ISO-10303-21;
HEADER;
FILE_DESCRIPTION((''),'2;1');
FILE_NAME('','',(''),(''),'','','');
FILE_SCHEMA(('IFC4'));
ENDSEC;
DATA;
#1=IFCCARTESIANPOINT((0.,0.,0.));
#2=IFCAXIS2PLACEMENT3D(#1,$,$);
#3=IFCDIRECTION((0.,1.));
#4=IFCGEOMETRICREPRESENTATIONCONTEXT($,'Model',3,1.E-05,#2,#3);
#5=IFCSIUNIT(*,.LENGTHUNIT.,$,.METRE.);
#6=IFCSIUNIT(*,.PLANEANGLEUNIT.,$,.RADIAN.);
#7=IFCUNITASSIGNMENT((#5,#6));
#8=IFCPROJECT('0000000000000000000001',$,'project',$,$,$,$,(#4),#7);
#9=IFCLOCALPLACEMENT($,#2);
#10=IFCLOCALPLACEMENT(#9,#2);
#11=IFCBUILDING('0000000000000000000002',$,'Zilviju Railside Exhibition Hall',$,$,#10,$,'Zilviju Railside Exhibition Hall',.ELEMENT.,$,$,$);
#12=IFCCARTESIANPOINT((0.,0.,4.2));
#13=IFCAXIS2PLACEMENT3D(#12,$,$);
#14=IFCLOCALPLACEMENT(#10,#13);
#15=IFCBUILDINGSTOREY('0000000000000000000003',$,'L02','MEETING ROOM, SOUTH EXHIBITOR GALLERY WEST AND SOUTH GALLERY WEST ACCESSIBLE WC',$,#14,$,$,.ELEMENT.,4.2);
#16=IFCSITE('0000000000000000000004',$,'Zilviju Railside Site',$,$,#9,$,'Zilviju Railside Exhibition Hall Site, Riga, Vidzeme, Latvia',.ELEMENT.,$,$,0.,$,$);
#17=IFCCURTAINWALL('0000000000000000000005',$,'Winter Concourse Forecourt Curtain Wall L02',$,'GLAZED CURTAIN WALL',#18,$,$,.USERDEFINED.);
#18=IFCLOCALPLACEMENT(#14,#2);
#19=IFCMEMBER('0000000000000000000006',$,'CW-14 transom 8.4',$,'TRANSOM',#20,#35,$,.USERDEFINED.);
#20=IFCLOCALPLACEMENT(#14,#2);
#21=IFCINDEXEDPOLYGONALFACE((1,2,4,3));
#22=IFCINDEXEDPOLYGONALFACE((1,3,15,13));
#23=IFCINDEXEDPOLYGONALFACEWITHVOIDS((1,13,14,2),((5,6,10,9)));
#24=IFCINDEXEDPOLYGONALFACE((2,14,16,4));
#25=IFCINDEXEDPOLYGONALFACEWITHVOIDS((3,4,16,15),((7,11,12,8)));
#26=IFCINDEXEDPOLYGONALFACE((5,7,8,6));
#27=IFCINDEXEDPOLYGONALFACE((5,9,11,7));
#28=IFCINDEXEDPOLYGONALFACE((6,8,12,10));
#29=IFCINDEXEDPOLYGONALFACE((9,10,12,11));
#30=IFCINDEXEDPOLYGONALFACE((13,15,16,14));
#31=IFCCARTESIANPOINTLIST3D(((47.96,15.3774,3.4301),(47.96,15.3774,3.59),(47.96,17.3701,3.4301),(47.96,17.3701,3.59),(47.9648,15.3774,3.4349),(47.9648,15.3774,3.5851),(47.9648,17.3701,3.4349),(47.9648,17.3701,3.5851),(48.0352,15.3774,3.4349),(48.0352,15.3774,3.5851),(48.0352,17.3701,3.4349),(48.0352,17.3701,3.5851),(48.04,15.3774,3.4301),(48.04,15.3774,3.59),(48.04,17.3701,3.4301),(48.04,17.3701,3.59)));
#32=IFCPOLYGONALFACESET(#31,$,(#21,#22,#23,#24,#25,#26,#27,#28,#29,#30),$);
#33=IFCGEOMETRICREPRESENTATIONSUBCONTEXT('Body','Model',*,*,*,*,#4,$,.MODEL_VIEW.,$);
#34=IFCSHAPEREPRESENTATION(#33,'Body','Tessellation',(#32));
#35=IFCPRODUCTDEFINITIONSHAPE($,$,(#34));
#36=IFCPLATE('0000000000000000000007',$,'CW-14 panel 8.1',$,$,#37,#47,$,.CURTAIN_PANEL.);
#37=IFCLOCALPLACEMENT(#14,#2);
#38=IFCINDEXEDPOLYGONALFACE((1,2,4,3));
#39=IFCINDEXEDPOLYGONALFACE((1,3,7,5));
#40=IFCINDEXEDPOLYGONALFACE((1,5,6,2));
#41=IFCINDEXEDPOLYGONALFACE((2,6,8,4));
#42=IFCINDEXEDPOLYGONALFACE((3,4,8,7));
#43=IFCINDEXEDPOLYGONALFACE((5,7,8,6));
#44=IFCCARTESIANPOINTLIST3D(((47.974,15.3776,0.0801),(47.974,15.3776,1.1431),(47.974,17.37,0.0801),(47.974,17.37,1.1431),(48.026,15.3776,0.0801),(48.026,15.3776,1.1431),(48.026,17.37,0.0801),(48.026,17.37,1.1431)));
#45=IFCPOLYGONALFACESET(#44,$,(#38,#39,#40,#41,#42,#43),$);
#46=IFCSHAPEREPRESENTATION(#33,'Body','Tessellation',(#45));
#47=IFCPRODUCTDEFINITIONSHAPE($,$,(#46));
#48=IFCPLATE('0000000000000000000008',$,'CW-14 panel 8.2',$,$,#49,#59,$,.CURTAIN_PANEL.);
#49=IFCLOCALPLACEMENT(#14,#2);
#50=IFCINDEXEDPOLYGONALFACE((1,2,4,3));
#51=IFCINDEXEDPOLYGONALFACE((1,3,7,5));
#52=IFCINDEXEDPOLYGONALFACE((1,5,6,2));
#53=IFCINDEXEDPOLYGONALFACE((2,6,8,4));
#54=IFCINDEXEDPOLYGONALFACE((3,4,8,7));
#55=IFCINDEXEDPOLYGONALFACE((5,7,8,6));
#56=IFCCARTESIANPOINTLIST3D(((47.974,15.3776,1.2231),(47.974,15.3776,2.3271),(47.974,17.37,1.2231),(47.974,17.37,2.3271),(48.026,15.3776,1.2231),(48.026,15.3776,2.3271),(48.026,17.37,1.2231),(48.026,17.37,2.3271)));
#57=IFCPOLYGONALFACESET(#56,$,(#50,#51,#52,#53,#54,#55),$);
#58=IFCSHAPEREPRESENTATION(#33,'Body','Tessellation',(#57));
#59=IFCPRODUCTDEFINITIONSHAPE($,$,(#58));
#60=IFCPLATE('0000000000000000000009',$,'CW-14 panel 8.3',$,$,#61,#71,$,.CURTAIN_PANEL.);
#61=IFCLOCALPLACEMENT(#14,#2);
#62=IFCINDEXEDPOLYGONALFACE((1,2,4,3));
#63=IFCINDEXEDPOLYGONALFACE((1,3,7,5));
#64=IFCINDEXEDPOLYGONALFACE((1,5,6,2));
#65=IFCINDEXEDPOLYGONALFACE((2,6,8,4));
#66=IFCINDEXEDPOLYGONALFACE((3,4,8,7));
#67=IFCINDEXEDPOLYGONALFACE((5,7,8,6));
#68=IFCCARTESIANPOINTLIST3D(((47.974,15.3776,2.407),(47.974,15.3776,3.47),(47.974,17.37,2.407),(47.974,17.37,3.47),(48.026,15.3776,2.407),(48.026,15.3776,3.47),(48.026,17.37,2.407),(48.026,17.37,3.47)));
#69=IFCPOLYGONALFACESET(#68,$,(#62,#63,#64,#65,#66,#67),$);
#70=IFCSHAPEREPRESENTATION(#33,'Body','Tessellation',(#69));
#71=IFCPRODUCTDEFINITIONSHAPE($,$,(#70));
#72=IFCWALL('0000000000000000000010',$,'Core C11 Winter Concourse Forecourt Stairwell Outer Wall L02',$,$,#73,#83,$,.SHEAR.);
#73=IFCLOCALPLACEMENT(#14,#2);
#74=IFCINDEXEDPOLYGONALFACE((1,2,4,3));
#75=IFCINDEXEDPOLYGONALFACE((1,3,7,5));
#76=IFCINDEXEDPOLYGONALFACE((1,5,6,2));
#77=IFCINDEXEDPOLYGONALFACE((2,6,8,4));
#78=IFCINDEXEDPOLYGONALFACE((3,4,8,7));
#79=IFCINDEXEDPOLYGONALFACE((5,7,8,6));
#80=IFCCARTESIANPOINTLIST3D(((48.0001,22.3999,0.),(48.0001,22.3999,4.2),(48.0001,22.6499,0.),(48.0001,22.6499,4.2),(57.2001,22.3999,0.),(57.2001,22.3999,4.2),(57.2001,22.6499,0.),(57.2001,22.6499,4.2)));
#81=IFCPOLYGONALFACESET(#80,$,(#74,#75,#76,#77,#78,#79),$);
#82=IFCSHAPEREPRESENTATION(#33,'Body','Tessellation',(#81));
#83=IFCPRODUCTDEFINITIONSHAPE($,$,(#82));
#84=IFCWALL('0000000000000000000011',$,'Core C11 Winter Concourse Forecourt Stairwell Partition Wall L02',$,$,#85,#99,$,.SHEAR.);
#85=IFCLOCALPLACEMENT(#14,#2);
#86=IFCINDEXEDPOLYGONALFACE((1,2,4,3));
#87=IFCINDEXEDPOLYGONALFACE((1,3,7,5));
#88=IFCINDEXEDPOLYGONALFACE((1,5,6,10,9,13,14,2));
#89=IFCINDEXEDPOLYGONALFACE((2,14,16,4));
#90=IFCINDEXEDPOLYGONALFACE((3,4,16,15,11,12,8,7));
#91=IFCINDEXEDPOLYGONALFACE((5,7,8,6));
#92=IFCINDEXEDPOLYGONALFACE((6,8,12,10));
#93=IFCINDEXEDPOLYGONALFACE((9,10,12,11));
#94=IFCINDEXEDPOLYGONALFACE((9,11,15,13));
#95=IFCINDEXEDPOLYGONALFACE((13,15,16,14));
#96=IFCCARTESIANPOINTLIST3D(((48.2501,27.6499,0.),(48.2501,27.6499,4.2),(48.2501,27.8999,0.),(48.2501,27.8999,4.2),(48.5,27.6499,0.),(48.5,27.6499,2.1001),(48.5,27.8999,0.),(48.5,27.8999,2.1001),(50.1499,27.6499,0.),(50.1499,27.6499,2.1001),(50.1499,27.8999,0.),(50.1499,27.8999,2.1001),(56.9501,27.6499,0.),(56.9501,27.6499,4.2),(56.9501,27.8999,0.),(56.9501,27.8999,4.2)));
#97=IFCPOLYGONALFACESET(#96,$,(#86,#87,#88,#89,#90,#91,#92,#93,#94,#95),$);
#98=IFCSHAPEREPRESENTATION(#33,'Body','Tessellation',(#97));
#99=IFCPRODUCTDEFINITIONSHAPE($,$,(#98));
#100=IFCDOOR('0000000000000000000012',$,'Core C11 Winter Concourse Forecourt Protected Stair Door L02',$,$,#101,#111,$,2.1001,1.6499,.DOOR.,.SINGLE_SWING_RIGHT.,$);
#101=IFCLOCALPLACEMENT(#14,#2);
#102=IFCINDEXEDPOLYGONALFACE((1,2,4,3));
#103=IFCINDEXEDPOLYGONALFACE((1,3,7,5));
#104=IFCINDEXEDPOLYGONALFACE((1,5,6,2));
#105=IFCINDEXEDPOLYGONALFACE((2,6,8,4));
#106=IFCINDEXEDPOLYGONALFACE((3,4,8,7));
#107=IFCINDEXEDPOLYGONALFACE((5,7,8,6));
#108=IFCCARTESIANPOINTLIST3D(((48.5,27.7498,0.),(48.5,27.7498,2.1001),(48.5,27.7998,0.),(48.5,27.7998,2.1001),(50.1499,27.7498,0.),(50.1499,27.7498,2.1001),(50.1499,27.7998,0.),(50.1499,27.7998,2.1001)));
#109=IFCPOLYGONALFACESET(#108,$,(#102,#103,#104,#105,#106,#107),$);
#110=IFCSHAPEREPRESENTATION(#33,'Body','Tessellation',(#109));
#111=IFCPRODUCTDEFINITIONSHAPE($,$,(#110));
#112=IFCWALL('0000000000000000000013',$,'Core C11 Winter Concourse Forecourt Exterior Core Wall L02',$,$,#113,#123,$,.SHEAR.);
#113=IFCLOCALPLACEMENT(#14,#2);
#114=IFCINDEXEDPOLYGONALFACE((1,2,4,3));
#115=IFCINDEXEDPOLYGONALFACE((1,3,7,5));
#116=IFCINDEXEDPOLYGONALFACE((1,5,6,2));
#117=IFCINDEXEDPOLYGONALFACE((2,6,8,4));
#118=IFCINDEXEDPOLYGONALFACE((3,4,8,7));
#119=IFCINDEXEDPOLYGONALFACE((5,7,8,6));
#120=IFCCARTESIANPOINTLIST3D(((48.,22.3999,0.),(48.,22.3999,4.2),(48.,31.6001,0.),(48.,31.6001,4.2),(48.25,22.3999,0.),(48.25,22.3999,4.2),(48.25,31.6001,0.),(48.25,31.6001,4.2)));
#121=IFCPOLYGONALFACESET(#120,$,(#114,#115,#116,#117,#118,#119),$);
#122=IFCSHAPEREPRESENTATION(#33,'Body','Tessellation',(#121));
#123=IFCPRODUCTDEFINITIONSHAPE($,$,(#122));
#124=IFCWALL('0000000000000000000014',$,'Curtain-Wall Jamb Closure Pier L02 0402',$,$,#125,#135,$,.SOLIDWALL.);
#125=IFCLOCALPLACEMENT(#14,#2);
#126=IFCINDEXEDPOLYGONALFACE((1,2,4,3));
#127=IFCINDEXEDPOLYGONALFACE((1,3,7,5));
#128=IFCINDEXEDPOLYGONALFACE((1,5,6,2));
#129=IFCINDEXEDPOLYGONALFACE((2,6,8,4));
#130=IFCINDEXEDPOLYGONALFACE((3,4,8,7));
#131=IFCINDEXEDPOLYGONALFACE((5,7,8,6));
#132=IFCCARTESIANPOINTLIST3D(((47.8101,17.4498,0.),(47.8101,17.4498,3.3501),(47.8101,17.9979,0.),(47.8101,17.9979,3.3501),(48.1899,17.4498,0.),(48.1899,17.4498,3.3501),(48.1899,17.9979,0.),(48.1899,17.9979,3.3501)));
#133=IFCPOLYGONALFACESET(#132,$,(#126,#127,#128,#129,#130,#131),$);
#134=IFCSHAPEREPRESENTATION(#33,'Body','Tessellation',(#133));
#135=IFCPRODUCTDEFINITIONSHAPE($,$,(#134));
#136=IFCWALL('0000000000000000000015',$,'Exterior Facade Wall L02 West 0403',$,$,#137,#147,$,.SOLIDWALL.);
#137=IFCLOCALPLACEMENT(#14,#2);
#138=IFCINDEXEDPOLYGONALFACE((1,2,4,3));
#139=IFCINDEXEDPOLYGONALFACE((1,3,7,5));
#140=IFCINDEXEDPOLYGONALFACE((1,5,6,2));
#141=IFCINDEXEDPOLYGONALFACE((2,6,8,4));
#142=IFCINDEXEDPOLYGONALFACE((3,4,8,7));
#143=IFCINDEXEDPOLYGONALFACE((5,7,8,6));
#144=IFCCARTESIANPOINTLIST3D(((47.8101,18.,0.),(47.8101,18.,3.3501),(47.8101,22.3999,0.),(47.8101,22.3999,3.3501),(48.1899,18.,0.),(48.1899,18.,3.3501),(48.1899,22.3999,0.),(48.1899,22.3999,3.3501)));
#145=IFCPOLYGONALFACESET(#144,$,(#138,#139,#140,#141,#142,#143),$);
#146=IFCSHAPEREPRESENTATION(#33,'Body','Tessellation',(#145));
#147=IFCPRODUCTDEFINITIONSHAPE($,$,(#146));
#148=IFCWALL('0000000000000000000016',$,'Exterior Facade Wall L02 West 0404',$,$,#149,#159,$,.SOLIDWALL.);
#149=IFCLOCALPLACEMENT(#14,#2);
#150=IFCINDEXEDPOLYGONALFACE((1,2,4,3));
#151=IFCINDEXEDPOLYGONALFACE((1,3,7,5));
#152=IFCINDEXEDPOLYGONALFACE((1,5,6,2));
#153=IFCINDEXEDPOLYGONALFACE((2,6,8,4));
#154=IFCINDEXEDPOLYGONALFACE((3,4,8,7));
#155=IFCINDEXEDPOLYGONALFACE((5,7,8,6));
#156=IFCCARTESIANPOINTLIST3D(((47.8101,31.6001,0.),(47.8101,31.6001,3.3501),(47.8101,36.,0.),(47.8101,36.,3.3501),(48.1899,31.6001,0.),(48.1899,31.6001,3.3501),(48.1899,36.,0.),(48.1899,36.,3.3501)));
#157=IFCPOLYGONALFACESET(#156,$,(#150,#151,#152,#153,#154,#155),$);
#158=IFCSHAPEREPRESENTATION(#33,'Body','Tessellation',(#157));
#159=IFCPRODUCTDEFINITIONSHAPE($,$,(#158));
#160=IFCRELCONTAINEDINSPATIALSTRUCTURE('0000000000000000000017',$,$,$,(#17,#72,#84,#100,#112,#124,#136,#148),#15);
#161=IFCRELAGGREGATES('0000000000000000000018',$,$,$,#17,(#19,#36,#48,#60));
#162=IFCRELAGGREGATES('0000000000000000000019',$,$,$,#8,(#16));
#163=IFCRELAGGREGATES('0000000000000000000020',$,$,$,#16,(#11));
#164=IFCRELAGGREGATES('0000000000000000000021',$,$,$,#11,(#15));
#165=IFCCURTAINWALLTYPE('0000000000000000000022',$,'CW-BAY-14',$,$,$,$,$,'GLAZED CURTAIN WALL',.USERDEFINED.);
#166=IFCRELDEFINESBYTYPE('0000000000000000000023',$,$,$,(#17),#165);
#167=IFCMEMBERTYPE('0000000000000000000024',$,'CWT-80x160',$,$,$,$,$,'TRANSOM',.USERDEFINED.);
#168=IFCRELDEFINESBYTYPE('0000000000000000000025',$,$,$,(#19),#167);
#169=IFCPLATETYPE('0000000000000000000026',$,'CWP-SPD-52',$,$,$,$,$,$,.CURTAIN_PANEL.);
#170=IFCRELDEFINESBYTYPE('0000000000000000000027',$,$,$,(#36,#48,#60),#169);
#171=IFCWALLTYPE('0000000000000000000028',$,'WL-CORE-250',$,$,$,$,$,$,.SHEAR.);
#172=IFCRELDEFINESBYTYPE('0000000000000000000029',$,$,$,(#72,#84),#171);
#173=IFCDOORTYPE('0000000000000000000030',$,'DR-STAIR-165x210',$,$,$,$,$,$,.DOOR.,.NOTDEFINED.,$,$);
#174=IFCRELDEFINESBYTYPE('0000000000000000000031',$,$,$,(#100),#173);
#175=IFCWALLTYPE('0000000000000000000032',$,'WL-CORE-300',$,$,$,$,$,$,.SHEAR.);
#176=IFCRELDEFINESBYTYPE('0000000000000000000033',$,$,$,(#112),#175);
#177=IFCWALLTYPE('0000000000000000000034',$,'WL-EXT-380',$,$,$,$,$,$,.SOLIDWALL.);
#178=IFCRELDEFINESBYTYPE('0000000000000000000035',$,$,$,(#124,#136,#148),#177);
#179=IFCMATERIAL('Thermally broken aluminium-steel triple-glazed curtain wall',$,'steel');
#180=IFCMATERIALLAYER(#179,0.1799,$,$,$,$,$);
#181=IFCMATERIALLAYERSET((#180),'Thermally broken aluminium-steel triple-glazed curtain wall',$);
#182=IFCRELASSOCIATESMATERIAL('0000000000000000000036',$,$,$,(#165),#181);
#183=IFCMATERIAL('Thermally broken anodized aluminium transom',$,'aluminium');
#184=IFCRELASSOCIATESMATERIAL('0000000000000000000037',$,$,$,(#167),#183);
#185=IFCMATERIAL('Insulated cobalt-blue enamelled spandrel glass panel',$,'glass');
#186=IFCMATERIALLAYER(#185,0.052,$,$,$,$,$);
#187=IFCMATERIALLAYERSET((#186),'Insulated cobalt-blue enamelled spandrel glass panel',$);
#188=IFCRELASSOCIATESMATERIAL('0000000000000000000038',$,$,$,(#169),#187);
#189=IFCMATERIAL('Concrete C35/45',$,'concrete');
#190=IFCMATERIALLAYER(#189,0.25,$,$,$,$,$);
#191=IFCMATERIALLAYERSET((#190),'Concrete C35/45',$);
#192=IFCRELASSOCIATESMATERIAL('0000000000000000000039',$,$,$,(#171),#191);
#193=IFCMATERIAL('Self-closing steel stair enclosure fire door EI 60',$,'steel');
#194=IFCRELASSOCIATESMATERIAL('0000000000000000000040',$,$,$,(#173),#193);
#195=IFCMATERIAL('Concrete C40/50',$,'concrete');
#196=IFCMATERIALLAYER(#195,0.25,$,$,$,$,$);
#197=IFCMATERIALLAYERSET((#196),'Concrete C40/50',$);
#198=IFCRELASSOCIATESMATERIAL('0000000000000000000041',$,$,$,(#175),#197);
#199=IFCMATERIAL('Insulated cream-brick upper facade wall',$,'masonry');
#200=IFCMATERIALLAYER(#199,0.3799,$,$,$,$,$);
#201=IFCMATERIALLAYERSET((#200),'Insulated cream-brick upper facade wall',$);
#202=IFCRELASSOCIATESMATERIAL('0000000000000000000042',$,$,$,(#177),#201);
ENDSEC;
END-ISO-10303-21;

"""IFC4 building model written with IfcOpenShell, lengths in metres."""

from ifc_helpers import new_model, si_unit, direction, frame, frame_2d, origin, origin_2d, place, context, subcontext, project, spatial, rectangle, hollow_rectangle, extrude, material, layer, layer_set, material_profile, profile_set, type_object, element, fill, aggregate, save


model = new_model("IFC4")

# Units and contexts
model_context = context("Model", 3, precision=1e-05, world=origin(), true_north=direction((0.0, 1.0)))
body_context = subcontext(model_context, "Body", "Model", "MODEL_VIEW")
ifc_project = project(units=[si_unit("LENGTHUNIT", "METRE"), si_unit("PLANEANGLEUNIT", "RADIAN")], contexts=[model_context])

# Site, building, storey
site_placement = place(None, origin())
site = spatial("IfcSite", under=ifc_project, at=site_placement, Name="Zilviju Railside Site", LongName="Zilviju Railside Exhibition Hall Site, Riga, Vidzeme, Latvia", CompositionType="ELEMENT", RefElevation=0.0)
building_placement = place(site_placement, origin())
building = spatial("IfcBuilding", under=site, at=building_placement, Name="Zilviju Railside Exhibition Hall", LongName="Zilviju Railside Exhibition Hall", CompositionType="ELEMENT")
storey_placement = place(building_placement, frame((0.0, 0.0, 4.2)))
storey = spatial("IfcBuildingStorey", under=building, at=storey_placement, Name="L02", Description="MEETING ROOM, SOUTH EXHIBITOR GALLERY WEST AND SOUTH GALLERY WEST ACCESSIBLE WC", CompositionType="ELEMENT", Elevation=4.2)

# Curtain wall, member, plates
ifc_material_1 = material(Name="Thermally broken aluminium-steel triple-glazed curtain wall", Category="steel")
ifc_layer_1 = layer(ifc_material_1, 0.1799)
ifc_layer_set_1 = layer_set([ifc_layer_1], Name="Thermally broken aluminium-steel triple-glazed curtain wall")
curtain_wall_type = type_object("IfcCurtainWallType", Name="CW-BAY-14", ElementType="GLAZED CURTAIN WALL", PredefinedType="USERDEFINED", material=ifc_layer_set_1)
curtain_wall_placement = place(storey_placement, origin())
curtain_wall = element("IfcCurtainWall", 1, at=curtain_wall_placement, inside=storey, type_object=curtain_wall_type, Name="Winter Concourse Forecourt Curtain Wall L02", ObjectType="GLAZED CURTAIN WALL", PredefinedType="USERDEFINED")
ifc_material_2 = material(Name="Thermally broken anodized aluminium transom", Category="aluminium")
ifc_material_profile_1 = material_profile(ifc_material_2, hollow_rectangle(XDim=0.0801, YDim=0.1599, WallThickness=0.0049, at=origin_2d()), Name="TRANSOM 160x80x5")
ifc_profile_set_1 = profile_set([ifc_material_profile_1], Name="Thermally broken anodized aluminium transom")
member_type_1 = type_object("IfcMemberType", Name="CWT-80x160", ElementType="TRANSOM", PredefinedType="USERDEFINED", material=ifc_profile_set_1)
member_1_placement = place(storey_placement, frame((48.0, 15.3774, 3.51), z_axis=(0.0, 1.0, 0.0), x_axis=(-1.0, 0.0, 0.0)))
member_1 = element("IfcMember", 2, at=member_1_placement, type_object=member_type_1, Name="CW-14 transom 8.4", ObjectType="TRANSOM", PredefinedType="USERDEFINED", context=body_context, shape_type="SweptSolid", body=[
    extrude(hollow_rectangle(XDim=0.0801, YDim=0.1599, WallThickness=0.0049, at=origin_2d()), origin(), (0.0, 0.0, 1.0), 1.9927),
])
ifc_material_3 = material(Name="Insulated cobalt-blue enamelled spandrel glass panel", Category="glass")
ifc_layer_2 = layer(ifc_material_3, 0.052)
ifc_layer_set_2 = layer_set([ifc_layer_2], Name="Insulated cobalt-blue enamelled spandrel glass panel")
plate_type = type_object("IfcPlateType", Name="CWP-SPD-52", PredefinedType="CURTAIN_PANEL", material=ifc_layer_set_2)
plate_1_placement = place(storey_placement, frame((48.0, 16.3738, 0.0801), z_axis=(0.0, 0.0, 1.0), x_axis=(0.0, 1.0, 0.0)))
plate_1 = element("IfcPlate", 3, at=plate_1_placement, type_object=plate_type, Name="CW-14 panel 8.1", PredefinedType="CURTAIN_PANEL", context=body_context, shape_type="SweptSolid", body=[
    extrude(rectangle(XDim=1.9924, YDim=0.052, at=origin_2d()), origin(), (0.0, 0.0, 1.0), 1.063),
])
plate_2_placement = place(storey_placement, frame((48.0, 16.3738, 1.2231), z_axis=(0.0, 0.0, 1.0), x_axis=(0.0, 1.0, 0.0)))
plate_2 = element("IfcPlate", 4, at=plate_2_placement, type_object=plate_type, Name="CW-14 panel 8.2", PredefinedType="CURTAIN_PANEL", context=body_context, shape_type="SweptSolid", body=[
    extrude(rectangle(XDim=1.9924, YDim=0.052, at=origin_2d()), origin(), (0.0, 0.0, 1.0), 1.104),
])
plate_3_placement = place(storey_placement, frame((48.0, 16.3738, 2.407), z_axis=(0.0, 0.0, 1.0), x_axis=(0.0, 1.0, 0.0)))
plate_3 = element("IfcPlate", 5, at=plate_3_placement, type_object=plate_type, Name="CW-14 panel 8.3", PredefinedType="CURTAIN_PANEL", context=body_context, shape_type="SweptSolid", body=[
    extrude(rectangle(XDim=1.9924, YDim=0.052, at=origin_2d()), origin(), (0.0, 0.0, 1.0), 1.063),
])
aggregate(curtain_wall, [member_1, plate_1, plate_2, plate_3])

# Wall
ifc_material_4 = material(Name="Concrete C35/45", Category="concrete")
ifc_layer_3 = layer(ifc_material_4, 0.25)
ifc_layer_set_3 = layer_set([ifc_layer_3], Name="Concrete C35/45")
wall_type_1 = type_object("IfcWallType", Name="WL-CORE-250", PredefinedType="SHEAR", material=ifc_layer_set_3)
wall_1_placement = place(storey_placement, frame((48.0, 22.5249, 0.0), z_axis=(0.0, 0.0, 1.0), x_axis=(1.0, 0.0, 0.0)))
element("IfcWall", 6, at=wall_1_placement, inside=storey, type_object=wall_type_1, Name="Core C11 Winter Concourse Forecourt Stairwell Outer Wall L02", PredefinedType="SHEAR", context=body_context, shape_type="SweptSolid", body=[
    extrude(rectangle(XDim=9.2, YDim=0.25, at=frame_2d((4.6001, 0.0))), origin(), (0.0, 0.0, 1.0), 4.2),
])

# Wall, opening, door
wall_2_placement = place(storey_placement, frame((48.25, 27.7749, 0.0), z_axis=(0.0, 0.0, 1.0), x_axis=(1.0, 0.0, 0.0)))
wall_2 = element("IfcWall", 7, at=wall_2_placement, inside=storey, type_object=wall_type_1, Name="Core C11 Winter Concourse Forecourt Stairwell Partition Wall L02", PredefinedType="SHEAR", context=body_context, shape_type="SweptSolid", body=[
    extrude(rectangle(XDim=8.7, YDim=0.25, at=frame_2d((4.3501, 0.0))), origin(), (0.0, 0.0, 1.0), 4.2),
])
opening_1_placement = place(wall_2_placement, frame((0.25, 0.0, 0.0)))
opening_1 = element("IfcOpeningElement", 8, at=opening_1_placement, cuts=wall_2, PredefinedType="OPENING", context=body_context, shape_type="SweptSolid", body=[
    extrude(rectangle(XDim=1.6499, YDim=2.1001, at=frame_2d((0.825, 1.05))), frame((0.0, 0.135, 0.0), z_axis=(0.0, -1.0, 0.0), x_axis=(1.0, 0.0, 0.0)), (0.0, 0.0, 1.0), 0.27),
])
ifc_material_5 = material(Name="Self-closing steel stair enclosure fire door EI 60", Category="steel")
door_type_1 = type_object("IfcDoorType", Name="DR-STAIR-165x210", OperationType="NOTDEFINED", PredefinedType="DOOR", material=ifc_material_5)
door_1_placement = place(opening_1_placement, origin())
door_1 = element("IfcDoor", 9, at=door_1_placement, inside=storey, type_object=door_type_1, Name="Core C11 Winter Concourse Forecourt Protected Stair Door L02", OperationType="SINGLE_SWING_RIGHT", OverallHeight=2.1001, OverallWidth=1.6499, PredefinedType="DOOR", context=body_context, shape_type="SweptSolid", body=[
    extrude(rectangle(XDim=1.6499, YDim=2.1001, at=frame_2d((0.825, 1.05))), frame((0.0, 0.0249, 0.0), z_axis=(0.0, -1.0, 0.0), x_axis=(1.0, 0.0, 0.0)), (0.0, 0.0, 1.0), 0.05),
])
fill(opening_1, door_1)

# Walls
ifc_material_6 = material(Name="Concrete C40/50", Category="concrete")
ifc_layer_4 = layer(ifc_material_6, 0.25)
ifc_layer_set_4 = layer_set([ifc_layer_4], Name="Concrete C40/50")
wall_type_2 = type_object("IfcWallType", Name="WL-CORE-300", PredefinedType="SHEAR", material=ifc_layer_set_4)
wall_3_placement = place(storey_placement, frame((48.125, 22.3999, 0.0), z_axis=(0.0, 0.0, 1.0), x_axis=(0.0, 1.0, 0.0)))
element("IfcWall", 10, at=wall_3_placement, inside=storey, type_object=wall_type_2, Name="Core C11 Winter Concourse Forecourt Exterior Core Wall L02", PredefinedType="SHEAR", context=body_context, shape_type="SweptSolid", body=[
    extrude(rectangle(XDim=9.2002, YDim=0.25, at=frame_2d((4.6001, 0.0))), origin(), (0.0, 0.0, 1.0), 4.2),
])
ifc_material_7 = material(Name="Insulated cream-brick upper facade wall", Category="masonry")
ifc_layer_5 = layer(ifc_material_7, 0.3799)
ifc_layer_set_5 = layer_set([ifc_layer_5], Name="Insulated cream-brick upper facade wall")
wall_type_3 = type_object("IfcWallType", Name="WL-EXT-380", PredefinedType="SOLIDWALL", material=ifc_layer_set_5)
wall_4_placement = place(storey_placement, frame((48.0, 17.45, 0.0), z_axis=(0.0, 0.0, 1.0), x_axis=(0.0, 1.0, 0.0)))
element("IfcWall", 11, at=wall_4_placement, inside=storey, type_object=wall_type_3, Name="Curtain-Wall Jamb Closure Pier L02 0402", PredefinedType="SOLIDWALL", context=body_context, shape_type="SweptSolid", body=[
    extrude(rectangle(XDim=0.5481, YDim=0.3799, at=frame_2d((0.2739, 0.0))), origin(), (0.0, 0.0, 1.0), 3.3501),
])
for number, where, z_axis, x_axis, name in (
    (12, (48.0, 18.0, 0.0), (0.0, 0.0, 1.0), (0.0, 1.0, 0.0), "Exterior Facade Wall L02 West 0403"),
    (13, (48.0, 31.6001, 0.0), (0.0, 0.0, 1.0), (0.0, 1.0, 0.0), "Exterior Facade Wall L02 West 0404"),
):
    element("IfcWall", number, at=place(storey_placement, frame(where, z_axis=z_axis, x_axis=x_axis)), inside=storey, type_object=wall_type_3, Name=name, PredefinedType="SOLIDWALL", context=body_context, shape_type="SweptSolid", body=[
        extrude(rectangle(XDim=4.3999, YDim=0.3799, at=frame_2d((2.2, 0.0))), origin(), (0.0, 0.0, 1.0), 3.3501),
    ])

save(model, "model.ifc")
